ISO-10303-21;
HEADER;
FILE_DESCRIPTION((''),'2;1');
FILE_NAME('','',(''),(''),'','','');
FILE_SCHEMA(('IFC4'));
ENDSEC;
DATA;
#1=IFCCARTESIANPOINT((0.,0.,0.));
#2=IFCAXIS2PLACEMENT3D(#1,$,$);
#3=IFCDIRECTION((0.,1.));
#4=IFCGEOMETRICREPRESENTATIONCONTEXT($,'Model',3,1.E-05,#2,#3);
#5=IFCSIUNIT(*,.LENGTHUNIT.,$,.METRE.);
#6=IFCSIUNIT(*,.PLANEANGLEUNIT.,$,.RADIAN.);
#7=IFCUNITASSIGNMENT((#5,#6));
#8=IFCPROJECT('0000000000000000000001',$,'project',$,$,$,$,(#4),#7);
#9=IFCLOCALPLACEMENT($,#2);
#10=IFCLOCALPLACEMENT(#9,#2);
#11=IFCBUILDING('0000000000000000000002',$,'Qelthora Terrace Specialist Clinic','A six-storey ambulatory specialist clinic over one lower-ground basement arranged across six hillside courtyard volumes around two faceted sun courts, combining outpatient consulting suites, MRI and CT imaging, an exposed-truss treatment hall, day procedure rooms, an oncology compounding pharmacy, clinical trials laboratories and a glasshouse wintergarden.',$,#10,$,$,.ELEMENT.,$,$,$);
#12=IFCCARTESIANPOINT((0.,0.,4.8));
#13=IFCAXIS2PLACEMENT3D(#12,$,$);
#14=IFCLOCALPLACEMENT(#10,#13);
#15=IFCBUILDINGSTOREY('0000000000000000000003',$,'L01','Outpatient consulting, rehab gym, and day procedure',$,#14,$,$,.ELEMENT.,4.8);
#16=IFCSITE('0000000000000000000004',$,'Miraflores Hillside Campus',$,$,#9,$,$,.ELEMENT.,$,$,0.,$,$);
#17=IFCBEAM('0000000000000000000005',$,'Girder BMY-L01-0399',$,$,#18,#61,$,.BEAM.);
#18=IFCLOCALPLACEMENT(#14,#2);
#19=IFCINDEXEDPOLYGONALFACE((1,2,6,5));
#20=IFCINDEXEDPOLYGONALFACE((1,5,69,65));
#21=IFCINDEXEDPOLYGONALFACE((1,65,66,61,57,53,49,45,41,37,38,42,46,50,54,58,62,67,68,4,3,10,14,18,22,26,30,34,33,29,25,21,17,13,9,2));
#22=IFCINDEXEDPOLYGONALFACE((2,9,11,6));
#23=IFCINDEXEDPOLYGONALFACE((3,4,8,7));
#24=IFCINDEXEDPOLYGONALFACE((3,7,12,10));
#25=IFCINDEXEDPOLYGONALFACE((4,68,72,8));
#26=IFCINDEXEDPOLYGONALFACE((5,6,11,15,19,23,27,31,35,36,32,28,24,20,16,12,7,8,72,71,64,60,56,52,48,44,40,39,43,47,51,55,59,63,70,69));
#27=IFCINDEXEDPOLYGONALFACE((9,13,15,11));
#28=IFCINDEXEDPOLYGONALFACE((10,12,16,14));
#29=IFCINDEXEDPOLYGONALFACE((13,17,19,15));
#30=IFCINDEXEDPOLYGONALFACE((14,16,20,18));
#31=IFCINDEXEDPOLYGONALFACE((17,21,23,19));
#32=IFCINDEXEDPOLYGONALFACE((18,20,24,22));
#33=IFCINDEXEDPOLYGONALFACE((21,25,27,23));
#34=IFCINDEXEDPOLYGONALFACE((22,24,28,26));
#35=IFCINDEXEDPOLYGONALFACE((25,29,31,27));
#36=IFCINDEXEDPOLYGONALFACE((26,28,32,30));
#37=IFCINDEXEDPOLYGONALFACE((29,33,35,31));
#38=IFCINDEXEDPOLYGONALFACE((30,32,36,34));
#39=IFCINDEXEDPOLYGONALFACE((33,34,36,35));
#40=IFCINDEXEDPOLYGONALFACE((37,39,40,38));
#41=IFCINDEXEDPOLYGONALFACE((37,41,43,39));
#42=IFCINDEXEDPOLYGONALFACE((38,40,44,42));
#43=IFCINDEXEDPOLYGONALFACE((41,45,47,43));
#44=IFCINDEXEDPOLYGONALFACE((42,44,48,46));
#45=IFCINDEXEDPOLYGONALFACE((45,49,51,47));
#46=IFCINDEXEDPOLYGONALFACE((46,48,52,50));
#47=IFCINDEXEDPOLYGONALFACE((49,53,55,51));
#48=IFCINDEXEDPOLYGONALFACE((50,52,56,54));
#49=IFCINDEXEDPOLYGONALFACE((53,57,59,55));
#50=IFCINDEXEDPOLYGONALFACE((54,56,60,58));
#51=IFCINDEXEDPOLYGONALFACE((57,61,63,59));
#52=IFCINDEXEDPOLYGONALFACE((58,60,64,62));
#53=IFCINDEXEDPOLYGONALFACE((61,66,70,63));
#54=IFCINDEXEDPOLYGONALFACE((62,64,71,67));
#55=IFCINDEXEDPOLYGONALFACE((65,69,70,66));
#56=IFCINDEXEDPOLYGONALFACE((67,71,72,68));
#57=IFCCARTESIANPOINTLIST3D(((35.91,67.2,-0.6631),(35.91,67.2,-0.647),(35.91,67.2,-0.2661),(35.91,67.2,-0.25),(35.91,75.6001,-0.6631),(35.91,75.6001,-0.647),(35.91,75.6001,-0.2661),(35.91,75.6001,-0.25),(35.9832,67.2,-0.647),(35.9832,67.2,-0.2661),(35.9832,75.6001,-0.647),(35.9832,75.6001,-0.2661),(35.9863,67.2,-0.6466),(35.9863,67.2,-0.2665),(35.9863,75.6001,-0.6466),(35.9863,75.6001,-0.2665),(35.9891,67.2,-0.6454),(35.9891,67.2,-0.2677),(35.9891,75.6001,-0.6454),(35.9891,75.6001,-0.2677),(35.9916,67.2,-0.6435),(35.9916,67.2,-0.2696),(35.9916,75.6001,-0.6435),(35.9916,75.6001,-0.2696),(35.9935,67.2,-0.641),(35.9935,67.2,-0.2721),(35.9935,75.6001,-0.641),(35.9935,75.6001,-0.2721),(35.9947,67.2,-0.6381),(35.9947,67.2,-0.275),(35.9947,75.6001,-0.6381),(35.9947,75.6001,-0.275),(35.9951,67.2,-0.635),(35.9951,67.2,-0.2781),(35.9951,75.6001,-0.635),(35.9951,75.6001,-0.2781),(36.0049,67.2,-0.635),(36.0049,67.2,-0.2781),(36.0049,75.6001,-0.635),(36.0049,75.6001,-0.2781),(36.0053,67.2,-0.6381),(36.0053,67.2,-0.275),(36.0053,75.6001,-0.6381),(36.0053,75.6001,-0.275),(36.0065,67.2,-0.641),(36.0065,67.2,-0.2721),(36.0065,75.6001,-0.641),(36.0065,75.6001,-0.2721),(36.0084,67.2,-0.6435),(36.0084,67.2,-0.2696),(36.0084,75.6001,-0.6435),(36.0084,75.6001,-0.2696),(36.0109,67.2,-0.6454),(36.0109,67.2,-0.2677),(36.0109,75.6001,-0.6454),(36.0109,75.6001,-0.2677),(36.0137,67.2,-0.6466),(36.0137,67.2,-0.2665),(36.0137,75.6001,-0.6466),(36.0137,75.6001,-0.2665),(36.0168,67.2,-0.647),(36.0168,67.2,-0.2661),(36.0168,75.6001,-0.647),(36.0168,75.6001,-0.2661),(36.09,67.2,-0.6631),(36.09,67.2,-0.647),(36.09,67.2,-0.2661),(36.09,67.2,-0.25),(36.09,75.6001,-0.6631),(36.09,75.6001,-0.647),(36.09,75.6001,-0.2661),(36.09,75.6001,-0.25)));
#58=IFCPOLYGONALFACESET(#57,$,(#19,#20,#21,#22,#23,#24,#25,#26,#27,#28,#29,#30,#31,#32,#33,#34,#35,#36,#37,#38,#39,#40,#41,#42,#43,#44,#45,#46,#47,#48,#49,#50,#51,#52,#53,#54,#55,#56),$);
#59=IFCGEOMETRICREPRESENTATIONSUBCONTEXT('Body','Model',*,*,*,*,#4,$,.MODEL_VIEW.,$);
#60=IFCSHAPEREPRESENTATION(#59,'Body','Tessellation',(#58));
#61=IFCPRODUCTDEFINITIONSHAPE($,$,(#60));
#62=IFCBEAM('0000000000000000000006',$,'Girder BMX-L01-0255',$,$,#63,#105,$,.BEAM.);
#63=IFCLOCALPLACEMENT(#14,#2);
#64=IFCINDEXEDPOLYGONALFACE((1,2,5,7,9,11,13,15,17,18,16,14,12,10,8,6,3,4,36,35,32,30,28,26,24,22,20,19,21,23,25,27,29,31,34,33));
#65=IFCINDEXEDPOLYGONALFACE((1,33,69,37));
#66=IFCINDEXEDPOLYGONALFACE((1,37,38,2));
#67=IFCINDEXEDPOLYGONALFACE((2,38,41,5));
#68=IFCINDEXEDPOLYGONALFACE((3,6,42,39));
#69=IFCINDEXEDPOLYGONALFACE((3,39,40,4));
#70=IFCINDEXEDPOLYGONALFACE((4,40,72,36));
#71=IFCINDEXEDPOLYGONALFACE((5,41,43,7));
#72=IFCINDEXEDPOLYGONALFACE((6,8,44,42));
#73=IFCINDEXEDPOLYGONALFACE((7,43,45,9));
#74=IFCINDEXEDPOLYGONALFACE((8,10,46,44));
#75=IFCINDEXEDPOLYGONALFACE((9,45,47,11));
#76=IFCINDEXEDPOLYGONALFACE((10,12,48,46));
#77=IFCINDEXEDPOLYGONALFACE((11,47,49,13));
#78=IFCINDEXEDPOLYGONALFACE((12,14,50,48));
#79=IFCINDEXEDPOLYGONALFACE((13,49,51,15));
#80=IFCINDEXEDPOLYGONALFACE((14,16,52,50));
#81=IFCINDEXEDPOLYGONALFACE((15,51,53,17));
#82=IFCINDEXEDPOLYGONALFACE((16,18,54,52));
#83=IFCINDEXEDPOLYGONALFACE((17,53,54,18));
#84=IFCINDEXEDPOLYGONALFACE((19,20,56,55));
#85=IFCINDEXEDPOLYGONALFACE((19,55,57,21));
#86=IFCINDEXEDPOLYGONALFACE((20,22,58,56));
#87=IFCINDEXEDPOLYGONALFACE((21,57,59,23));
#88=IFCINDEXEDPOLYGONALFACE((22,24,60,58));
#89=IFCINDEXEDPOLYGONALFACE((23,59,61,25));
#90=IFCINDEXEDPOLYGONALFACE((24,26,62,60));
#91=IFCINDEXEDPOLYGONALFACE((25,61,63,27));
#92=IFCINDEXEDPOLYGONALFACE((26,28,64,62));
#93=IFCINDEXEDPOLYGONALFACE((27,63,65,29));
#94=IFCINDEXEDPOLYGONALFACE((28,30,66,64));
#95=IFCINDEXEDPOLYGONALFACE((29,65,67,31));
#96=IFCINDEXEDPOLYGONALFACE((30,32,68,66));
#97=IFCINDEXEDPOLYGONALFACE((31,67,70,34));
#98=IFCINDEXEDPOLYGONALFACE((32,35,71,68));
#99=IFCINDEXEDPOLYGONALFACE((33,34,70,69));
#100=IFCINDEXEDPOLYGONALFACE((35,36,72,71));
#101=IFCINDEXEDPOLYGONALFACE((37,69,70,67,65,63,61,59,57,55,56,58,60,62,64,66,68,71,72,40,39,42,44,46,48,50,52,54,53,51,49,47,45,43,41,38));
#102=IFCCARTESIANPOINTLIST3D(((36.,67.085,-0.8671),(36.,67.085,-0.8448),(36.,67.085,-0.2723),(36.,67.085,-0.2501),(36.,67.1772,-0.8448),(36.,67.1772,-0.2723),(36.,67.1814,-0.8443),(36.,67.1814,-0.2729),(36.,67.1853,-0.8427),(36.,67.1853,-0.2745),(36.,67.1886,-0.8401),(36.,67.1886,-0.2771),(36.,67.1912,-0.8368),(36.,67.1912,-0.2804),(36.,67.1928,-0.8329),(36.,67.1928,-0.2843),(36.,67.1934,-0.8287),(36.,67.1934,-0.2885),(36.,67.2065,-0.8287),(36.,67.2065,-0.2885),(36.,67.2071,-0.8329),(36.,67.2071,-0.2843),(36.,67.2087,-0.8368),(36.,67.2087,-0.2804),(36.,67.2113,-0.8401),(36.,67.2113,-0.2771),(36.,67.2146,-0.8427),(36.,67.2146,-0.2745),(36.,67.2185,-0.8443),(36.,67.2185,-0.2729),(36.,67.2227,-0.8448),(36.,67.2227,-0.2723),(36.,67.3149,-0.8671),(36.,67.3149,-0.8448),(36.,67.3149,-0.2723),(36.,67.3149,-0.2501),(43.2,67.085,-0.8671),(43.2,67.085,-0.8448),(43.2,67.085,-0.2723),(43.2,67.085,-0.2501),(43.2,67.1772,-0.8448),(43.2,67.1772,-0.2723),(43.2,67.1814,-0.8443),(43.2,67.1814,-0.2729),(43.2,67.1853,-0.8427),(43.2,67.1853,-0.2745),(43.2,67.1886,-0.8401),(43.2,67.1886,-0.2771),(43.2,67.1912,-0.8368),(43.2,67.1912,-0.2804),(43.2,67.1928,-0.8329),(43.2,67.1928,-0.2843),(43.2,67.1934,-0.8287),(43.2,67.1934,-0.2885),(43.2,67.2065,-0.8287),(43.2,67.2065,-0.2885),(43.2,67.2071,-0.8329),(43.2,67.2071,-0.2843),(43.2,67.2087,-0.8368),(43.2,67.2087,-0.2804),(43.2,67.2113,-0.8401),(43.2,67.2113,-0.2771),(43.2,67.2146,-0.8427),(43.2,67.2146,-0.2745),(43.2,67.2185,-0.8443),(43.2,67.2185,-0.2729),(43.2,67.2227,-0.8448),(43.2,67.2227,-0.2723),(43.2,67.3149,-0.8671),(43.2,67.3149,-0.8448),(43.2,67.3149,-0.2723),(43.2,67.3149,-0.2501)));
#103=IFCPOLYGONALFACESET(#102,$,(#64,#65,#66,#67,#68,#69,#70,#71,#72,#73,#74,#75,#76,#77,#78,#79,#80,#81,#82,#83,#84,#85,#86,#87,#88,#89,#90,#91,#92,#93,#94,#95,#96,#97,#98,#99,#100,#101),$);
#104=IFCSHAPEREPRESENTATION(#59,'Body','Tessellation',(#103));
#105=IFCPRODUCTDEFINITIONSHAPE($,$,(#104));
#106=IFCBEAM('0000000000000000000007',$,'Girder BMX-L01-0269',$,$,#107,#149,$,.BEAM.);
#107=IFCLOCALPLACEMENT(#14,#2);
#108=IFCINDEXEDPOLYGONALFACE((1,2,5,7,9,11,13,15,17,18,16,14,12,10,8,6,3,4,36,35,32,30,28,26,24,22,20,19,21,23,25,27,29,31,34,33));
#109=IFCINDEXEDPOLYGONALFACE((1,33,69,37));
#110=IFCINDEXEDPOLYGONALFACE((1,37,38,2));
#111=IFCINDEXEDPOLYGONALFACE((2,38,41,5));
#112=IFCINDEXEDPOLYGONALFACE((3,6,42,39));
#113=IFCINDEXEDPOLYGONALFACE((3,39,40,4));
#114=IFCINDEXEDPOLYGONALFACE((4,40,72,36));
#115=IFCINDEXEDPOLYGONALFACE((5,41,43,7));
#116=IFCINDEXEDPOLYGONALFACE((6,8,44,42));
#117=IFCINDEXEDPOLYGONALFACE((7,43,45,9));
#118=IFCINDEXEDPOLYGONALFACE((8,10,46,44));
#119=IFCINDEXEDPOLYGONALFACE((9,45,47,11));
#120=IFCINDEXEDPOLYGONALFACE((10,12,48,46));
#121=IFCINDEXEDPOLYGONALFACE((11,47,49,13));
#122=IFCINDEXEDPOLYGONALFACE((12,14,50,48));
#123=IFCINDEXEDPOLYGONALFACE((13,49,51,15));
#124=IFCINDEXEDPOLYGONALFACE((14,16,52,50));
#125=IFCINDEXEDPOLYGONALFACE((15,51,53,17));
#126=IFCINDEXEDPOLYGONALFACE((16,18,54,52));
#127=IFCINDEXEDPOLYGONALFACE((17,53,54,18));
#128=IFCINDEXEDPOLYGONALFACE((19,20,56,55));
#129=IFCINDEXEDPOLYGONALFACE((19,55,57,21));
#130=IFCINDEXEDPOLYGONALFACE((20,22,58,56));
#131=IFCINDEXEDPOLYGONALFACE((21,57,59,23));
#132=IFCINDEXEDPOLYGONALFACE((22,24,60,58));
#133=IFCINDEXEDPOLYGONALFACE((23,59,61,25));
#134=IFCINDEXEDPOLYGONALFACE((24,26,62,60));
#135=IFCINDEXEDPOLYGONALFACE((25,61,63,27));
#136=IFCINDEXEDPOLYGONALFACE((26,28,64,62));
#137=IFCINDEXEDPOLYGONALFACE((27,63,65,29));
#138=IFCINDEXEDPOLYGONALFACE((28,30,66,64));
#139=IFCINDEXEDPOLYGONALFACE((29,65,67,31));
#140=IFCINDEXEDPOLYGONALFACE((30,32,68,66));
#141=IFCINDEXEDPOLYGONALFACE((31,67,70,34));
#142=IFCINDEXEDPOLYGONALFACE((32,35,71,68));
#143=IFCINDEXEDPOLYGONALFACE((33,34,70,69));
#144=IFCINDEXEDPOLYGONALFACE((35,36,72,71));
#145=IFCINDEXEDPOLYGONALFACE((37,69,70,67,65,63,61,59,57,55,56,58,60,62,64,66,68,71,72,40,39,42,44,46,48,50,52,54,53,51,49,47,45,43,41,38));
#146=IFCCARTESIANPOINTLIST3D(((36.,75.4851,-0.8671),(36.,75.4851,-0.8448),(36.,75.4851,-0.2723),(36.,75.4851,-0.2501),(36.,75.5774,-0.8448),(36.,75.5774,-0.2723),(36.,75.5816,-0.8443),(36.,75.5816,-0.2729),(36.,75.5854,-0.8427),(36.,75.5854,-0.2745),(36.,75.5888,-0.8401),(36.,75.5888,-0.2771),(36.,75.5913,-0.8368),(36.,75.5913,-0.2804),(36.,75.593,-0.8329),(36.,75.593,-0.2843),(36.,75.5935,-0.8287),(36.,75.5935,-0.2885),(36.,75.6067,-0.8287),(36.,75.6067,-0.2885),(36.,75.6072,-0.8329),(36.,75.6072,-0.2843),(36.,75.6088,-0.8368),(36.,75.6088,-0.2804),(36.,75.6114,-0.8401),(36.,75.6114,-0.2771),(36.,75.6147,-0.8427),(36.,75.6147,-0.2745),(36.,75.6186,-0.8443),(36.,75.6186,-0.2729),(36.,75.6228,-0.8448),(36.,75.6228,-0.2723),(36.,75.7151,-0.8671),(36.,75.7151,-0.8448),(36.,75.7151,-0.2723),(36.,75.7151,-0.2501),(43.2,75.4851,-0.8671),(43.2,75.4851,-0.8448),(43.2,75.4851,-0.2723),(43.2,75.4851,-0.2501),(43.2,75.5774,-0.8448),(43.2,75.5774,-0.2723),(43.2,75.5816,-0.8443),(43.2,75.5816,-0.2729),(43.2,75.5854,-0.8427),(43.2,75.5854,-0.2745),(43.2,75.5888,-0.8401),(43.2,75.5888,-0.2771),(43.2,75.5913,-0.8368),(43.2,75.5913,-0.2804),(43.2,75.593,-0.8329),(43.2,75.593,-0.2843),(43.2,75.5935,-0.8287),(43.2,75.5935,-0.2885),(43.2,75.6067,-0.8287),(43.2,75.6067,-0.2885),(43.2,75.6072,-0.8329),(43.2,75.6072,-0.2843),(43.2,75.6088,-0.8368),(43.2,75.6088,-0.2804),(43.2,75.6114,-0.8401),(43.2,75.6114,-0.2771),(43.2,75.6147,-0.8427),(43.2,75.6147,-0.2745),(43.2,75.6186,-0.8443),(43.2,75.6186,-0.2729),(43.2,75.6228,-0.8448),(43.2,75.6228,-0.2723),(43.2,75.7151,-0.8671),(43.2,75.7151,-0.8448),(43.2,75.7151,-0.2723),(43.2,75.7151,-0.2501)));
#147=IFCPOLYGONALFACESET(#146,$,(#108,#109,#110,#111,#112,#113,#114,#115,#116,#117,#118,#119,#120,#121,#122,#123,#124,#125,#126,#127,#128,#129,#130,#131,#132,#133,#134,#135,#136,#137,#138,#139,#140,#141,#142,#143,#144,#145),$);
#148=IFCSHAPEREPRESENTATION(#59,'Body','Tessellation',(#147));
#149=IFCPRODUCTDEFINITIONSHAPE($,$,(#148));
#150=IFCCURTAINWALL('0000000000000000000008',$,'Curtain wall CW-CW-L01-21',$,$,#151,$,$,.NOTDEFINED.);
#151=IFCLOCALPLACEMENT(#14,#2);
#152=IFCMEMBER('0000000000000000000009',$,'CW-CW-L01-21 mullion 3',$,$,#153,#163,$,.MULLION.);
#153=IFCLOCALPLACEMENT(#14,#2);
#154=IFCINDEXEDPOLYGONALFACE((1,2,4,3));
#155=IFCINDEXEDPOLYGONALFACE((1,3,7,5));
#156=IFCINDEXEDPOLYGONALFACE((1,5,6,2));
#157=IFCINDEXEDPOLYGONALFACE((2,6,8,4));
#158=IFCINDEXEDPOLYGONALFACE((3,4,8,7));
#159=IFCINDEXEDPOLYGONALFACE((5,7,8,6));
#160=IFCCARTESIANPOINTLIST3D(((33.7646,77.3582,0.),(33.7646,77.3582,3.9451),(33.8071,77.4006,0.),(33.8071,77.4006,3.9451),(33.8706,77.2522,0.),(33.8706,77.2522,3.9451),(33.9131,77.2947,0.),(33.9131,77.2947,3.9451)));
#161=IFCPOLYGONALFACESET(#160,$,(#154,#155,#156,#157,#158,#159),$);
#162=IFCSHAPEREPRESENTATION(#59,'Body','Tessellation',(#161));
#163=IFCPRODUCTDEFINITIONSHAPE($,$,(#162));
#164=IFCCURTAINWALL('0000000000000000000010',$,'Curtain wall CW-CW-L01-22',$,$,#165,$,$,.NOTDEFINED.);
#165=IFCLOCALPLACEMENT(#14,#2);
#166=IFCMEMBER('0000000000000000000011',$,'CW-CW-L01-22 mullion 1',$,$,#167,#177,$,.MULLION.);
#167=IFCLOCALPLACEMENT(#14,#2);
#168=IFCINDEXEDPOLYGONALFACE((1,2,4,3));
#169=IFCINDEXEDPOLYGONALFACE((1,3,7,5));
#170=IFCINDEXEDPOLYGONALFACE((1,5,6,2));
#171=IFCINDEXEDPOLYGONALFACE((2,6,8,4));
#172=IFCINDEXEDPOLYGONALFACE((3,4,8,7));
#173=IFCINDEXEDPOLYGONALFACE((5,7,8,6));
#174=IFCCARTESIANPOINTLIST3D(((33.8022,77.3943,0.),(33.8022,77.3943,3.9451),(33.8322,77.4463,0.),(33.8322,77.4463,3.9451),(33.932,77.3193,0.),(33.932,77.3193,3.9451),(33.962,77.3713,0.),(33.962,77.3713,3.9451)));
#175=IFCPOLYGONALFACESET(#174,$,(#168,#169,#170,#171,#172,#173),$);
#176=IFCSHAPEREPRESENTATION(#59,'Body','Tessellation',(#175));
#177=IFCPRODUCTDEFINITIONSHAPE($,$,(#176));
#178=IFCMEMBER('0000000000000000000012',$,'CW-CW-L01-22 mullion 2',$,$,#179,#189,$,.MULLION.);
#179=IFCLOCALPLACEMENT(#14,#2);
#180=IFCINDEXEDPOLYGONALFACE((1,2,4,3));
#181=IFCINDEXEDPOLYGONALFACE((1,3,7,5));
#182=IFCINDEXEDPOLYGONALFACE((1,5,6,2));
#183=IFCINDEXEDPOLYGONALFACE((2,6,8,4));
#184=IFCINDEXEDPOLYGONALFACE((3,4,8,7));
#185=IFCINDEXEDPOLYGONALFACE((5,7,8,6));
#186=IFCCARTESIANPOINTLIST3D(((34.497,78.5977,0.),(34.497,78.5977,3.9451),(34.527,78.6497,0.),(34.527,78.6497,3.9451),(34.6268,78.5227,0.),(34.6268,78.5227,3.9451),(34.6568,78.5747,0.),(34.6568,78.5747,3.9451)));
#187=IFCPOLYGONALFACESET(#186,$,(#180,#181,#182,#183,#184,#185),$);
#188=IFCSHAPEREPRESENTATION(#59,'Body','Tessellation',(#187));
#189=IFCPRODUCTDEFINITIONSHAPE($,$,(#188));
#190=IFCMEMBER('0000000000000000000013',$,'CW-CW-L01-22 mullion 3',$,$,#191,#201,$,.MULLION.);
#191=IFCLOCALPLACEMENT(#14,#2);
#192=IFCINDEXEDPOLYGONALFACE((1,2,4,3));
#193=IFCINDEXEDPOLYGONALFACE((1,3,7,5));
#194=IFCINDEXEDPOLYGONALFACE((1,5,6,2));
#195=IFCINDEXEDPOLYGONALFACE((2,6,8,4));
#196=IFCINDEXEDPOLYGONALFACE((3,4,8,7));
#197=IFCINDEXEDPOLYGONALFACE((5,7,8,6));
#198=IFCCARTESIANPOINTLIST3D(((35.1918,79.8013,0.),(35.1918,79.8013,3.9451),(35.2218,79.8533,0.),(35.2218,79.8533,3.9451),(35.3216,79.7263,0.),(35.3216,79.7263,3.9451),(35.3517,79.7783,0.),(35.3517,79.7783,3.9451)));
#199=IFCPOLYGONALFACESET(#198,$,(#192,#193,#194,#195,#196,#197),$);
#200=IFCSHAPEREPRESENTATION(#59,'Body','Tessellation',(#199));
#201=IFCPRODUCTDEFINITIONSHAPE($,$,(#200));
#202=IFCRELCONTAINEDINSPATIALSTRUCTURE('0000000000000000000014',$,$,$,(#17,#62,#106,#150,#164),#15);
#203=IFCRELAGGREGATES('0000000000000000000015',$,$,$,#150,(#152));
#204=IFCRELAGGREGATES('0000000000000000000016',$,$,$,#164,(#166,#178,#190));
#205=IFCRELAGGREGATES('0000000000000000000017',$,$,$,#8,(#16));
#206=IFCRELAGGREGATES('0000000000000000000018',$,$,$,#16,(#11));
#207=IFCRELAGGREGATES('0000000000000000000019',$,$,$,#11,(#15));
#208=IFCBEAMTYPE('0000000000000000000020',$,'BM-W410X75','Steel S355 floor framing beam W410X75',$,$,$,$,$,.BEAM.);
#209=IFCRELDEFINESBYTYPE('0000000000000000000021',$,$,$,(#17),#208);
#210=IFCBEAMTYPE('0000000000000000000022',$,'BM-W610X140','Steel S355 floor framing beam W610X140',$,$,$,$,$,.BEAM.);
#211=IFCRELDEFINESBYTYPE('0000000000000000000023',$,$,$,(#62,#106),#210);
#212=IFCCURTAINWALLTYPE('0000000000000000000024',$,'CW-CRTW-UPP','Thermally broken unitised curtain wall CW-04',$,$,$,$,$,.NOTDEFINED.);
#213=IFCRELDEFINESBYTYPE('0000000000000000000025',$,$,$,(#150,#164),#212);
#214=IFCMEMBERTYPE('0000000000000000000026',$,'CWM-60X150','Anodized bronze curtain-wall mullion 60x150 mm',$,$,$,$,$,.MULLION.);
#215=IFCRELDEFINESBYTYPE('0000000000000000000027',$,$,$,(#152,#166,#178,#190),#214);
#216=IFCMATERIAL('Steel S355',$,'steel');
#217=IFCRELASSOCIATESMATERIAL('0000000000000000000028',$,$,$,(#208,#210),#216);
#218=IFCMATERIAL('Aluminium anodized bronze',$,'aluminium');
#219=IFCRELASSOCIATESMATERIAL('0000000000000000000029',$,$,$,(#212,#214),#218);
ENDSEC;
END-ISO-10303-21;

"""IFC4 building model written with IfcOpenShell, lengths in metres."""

from ifc_helpers import new_model, si_unit, direction, frame, origin, origin_2d, place, context, subcontext, project, spatial, rectangle, i_section, extrude, material, material_profile, profile_set, type_object, element, aggregate, save


model = new_model("IFC4")

# Units and contexts
model_context = context("Model", 3, precision=1e-05, world=origin(), true_north=direction((0.0, 1.0)))
body_context = subcontext(model_context, "Body", "Model", "MODEL_VIEW")
ifc_project = project(units=[si_unit("LENGTHUNIT", "METRE"), si_unit("PLANEANGLEUNIT", "RADIAN")], contexts=[model_context])

# Site, building, storey
site_placement = place(None, origin())
site = spatial("IfcSite", under=ifc_project, at=site_placement, Name="Miraflores Hillside Campus", CompositionType="ELEMENT", RefElevation=0.0)
building_placement = place(site_placement, origin())
building = spatial("IfcBuilding", under=site, at=building_placement, Name="Qelthora Terrace Specialist Clinic", Description="A six-storey ambulatory specialist clinic over one lower-ground basement arranged across six hillside courtyard volumes around two faceted sun courts, combining outpatient consulting suites, MRI and CT imaging, an exposed-truss treatment hall, day procedure rooms, an oncology compounding pharmacy, clinical trials laboratories and a glasshouse wintergarden.", CompositionType="ELEMENT")
storey_placement = place(building_placement, frame((0.0, 0.0, 4.8)))
storey = spatial("IfcBuildingStorey", under=building, at=storey_placement, Name="L01", Description="Outpatient consulting, rehab gym, and day procedure", CompositionType="ELEMENT", Elevation=4.8)

# Shared definitions
ifc_material_1 = material(Name="Steel S355", Category="steel")

# Beams
ifc_material_profile_1 = material_profile(ifc_material_1, i_section(OverallWidth=0.1799, OverallDepth=0.4131, WebThickness=0.0098, FlangeThickness=0.0161, FilletRadius=0.012, at=origin_2d()), Name="W410X75")
ifc_profile_set_1 = profile_set([ifc_material_profile_1], Name="Steel S355")
beam_type_1 = type_object("IfcBeamType", Name="BM-W410X75", Description="Steel S355 floor framing beam W410X75", PredefinedType="BEAM", material=ifc_profile_set_1)
beam_1_placement = place(storey_placement, frame((36.0, 67.2, -0.4565), z_axis=(0.0, 1.0, 0.0), x_axis=(-1.0, 0.0, 0.0)))
element("IfcBeam", 1, at=beam_1_placement, inside=storey, type_object=beam_type_1, Name="Girder BMY-L01-0399", PredefinedType="BEAM", context=body_context, shape_type="SweptSolid", body=[
    extrude(i_section(OverallWidth=0.1799, OverallDepth=0.4131, WebThickness=0.0098, FlangeThickness=0.0161, FilletRadius=0.012, at=origin_2d()), origin(), (0.0, 0.0, 1.0), 8.4001),
])
ifc_material_profile_2 = material_profile(ifc_material_1, i_section(OverallWidth=0.23, OverallDepth=0.6169, WebThickness=0.0132, FlangeThickness=0.0222, FilletRadius=0.0161, at=origin_2d()), Name="W610X140")
ifc_profile_set_2 = profile_set([ifc_material_profile_2], Name="Steel S355")
beam_type_2 = type_object("IfcBeamType", Name="BM-W610X140", Description="Steel S355 floor framing beam W610X140", PredefinedType="BEAM", material=ifc_profile_set_2)
for number, where, z_axis, x_axis, name in (
    (2, (36.0, 67.2, -0.5586), (1.0, 0.0, 0.0), (0.0, 1.0, 0.0), "Girder BMX-L01-0255"),
    (3, (36.0, 75.6001, -0.5586), (1.0, 0.0, 0.0), (0.0, 1.0, 0.0), "Girder BMX-L01-0269"),
):
    element("IfcBeam", number, at=place(storey_placement, frame(where, z_axis=z_axis, x_axis=x_axis)), inside=storey, type_object=beam_type_2, Name=name, PredefinedType="BEAM", context=body_context, shape_type="SweptSolid", body=[
        extrude(i_section(OverallWidth=0.23, OverallDepth=0.6169, WebThickness=0.0132, FlangeThickness=0.0222, FilletRadius=0.0161, at=origin_2d()), origin(), (0.0, 0.0, 1.0), 7.2),
    ])

# Curtain wall, member
ifc_material_2 = material(Name="Aluminium anodized bronze", Category="aluminium")
curtain_wall_type = type_object("IfcCurtainWallType", Name="CW-CRTW-UPP", Description="Thermally broken unitised curtain wall CW-04", PredefinedType="NOTDEFINED", material=ifc_material_2)
curtain_wall_1_placement = place(storey_placement, origin())
curtain_wall_1 = element("IfcCurtainWall", 4, at=curtain_wall_1_placement, inside=storey, type_object=curtain_wall_type, Name="Curtain wall CW-CW-L01-21", PredefinedType="NOTDEFINED")
ifc_material_profile_3 = material_profile(ifc_material_2, rectangle(XDim=0.0601, YDim=0.1499, at=origin_2d()), Name="CWM60X150")
ifc_profile_set_3 = profile_set([ifc_material_profile_3], Name="Aluminium anodized bronze")
member_type_1 = type_object("IfcMemberType", Name="CWM-60X150", Description="Anodized bronze curtain-wall mullion 60x150 mm", PredefinedType="MULLION", material=ifc_profile_set_3)
member_1_placement = place(storey_placement, frame((33.8389, 77.3264, 0.0), z_axis=(0.0, 0.0, 1.0), x_axis=(0.707107, 0.707107, 0.0)))
member_1 = element("IfcMember", 5, at=member_1_placement, type_object=member_type_1, Name="CW-CW-L01-21 mullion 3", PredefinedType="MULLION", context=body_context, shape_type="SweptSolid", body=[
    extrude(rectangle(XDim=0.0601, YDim=0.1499, at=origin_2d()), origin(), (0.0, 0.0, 1.0), 3.9451),
])
aggregate(curtain_wall_1, [member_1])

# Curtain wall, members
curtain_wall_2_placement = place(storey_placement, origin())
curtain_wall_2 = element("IfcCurtainWall", 6, at=curtain_wall_2_placement, inside=storey, type_object=curtain_wall_type, Name="Curtain wall CW-CW-L01-22", PredefinedType="NOTDEFINED")
member_2_placement = place(storey_placement, frame((33.8821, 77.3828, 0.0), z_axis=(0.0, 0.0, 1.0), x_axis=(0.5, 0.866026, 0.0)))
member_2 = element("IfcMember", 7, at=member_2_placement, type_object=member_type_1, Name="CW-CW-L01-22 mullion 1", PredefinedType="MULLION", context=body_context, shape_type="SweptSolid", body=[
    extrude(rectangle(XDim=0.0601, YDim=0.1499, at=origin_2d()), origin(), (0.0, 0.0, 1.0), 3.9451),
])
member_3_placement = place(storey_placement, frame((34.5769, 78.5862, 0.0), z_axis=(0.0, 0.0, 1.0), x_axis=(0.5, 0.866026, 0.0)))
member_3 = element("IfcMember", 8, at=member_3_placement, type_object=member_type_1, Name="CW-CW-L01-22 mullion 2", PredefinedType="MULLION", context=body_context, shape_type="SweptSolid", body=[
    extrude(rectangle(XDim=0.0601, YDim=0.1499, at=origin_2d()), origin(), (0.0, 0.0, 1.0), 3.9451),
])
member_4_placement = place(storey_placement, frame((35.2717, 79.7898, 0.0), z_axis=(0.0, 0.0, 1.0), x_axis=(0.5, 0.866026, 0.0)))
member_4 = element("IfcMember", 9, at=member_4_placement, type_object=member_type_1, Name="CW-CW-L01-22 mullion 3", PredefinedType="MULLION", context=body_context, shape_type="SweptSolid", body=[
    extrude(rectangle(XDim=0.0601, YDim=0.1499, at=origin_2d()), origin(), (0.0, 0.0, 1.0), 3.9451),
])

aggregate(curtain_wall_2, [member_2, member_3, member_4])

save(model, "model.ifc")
